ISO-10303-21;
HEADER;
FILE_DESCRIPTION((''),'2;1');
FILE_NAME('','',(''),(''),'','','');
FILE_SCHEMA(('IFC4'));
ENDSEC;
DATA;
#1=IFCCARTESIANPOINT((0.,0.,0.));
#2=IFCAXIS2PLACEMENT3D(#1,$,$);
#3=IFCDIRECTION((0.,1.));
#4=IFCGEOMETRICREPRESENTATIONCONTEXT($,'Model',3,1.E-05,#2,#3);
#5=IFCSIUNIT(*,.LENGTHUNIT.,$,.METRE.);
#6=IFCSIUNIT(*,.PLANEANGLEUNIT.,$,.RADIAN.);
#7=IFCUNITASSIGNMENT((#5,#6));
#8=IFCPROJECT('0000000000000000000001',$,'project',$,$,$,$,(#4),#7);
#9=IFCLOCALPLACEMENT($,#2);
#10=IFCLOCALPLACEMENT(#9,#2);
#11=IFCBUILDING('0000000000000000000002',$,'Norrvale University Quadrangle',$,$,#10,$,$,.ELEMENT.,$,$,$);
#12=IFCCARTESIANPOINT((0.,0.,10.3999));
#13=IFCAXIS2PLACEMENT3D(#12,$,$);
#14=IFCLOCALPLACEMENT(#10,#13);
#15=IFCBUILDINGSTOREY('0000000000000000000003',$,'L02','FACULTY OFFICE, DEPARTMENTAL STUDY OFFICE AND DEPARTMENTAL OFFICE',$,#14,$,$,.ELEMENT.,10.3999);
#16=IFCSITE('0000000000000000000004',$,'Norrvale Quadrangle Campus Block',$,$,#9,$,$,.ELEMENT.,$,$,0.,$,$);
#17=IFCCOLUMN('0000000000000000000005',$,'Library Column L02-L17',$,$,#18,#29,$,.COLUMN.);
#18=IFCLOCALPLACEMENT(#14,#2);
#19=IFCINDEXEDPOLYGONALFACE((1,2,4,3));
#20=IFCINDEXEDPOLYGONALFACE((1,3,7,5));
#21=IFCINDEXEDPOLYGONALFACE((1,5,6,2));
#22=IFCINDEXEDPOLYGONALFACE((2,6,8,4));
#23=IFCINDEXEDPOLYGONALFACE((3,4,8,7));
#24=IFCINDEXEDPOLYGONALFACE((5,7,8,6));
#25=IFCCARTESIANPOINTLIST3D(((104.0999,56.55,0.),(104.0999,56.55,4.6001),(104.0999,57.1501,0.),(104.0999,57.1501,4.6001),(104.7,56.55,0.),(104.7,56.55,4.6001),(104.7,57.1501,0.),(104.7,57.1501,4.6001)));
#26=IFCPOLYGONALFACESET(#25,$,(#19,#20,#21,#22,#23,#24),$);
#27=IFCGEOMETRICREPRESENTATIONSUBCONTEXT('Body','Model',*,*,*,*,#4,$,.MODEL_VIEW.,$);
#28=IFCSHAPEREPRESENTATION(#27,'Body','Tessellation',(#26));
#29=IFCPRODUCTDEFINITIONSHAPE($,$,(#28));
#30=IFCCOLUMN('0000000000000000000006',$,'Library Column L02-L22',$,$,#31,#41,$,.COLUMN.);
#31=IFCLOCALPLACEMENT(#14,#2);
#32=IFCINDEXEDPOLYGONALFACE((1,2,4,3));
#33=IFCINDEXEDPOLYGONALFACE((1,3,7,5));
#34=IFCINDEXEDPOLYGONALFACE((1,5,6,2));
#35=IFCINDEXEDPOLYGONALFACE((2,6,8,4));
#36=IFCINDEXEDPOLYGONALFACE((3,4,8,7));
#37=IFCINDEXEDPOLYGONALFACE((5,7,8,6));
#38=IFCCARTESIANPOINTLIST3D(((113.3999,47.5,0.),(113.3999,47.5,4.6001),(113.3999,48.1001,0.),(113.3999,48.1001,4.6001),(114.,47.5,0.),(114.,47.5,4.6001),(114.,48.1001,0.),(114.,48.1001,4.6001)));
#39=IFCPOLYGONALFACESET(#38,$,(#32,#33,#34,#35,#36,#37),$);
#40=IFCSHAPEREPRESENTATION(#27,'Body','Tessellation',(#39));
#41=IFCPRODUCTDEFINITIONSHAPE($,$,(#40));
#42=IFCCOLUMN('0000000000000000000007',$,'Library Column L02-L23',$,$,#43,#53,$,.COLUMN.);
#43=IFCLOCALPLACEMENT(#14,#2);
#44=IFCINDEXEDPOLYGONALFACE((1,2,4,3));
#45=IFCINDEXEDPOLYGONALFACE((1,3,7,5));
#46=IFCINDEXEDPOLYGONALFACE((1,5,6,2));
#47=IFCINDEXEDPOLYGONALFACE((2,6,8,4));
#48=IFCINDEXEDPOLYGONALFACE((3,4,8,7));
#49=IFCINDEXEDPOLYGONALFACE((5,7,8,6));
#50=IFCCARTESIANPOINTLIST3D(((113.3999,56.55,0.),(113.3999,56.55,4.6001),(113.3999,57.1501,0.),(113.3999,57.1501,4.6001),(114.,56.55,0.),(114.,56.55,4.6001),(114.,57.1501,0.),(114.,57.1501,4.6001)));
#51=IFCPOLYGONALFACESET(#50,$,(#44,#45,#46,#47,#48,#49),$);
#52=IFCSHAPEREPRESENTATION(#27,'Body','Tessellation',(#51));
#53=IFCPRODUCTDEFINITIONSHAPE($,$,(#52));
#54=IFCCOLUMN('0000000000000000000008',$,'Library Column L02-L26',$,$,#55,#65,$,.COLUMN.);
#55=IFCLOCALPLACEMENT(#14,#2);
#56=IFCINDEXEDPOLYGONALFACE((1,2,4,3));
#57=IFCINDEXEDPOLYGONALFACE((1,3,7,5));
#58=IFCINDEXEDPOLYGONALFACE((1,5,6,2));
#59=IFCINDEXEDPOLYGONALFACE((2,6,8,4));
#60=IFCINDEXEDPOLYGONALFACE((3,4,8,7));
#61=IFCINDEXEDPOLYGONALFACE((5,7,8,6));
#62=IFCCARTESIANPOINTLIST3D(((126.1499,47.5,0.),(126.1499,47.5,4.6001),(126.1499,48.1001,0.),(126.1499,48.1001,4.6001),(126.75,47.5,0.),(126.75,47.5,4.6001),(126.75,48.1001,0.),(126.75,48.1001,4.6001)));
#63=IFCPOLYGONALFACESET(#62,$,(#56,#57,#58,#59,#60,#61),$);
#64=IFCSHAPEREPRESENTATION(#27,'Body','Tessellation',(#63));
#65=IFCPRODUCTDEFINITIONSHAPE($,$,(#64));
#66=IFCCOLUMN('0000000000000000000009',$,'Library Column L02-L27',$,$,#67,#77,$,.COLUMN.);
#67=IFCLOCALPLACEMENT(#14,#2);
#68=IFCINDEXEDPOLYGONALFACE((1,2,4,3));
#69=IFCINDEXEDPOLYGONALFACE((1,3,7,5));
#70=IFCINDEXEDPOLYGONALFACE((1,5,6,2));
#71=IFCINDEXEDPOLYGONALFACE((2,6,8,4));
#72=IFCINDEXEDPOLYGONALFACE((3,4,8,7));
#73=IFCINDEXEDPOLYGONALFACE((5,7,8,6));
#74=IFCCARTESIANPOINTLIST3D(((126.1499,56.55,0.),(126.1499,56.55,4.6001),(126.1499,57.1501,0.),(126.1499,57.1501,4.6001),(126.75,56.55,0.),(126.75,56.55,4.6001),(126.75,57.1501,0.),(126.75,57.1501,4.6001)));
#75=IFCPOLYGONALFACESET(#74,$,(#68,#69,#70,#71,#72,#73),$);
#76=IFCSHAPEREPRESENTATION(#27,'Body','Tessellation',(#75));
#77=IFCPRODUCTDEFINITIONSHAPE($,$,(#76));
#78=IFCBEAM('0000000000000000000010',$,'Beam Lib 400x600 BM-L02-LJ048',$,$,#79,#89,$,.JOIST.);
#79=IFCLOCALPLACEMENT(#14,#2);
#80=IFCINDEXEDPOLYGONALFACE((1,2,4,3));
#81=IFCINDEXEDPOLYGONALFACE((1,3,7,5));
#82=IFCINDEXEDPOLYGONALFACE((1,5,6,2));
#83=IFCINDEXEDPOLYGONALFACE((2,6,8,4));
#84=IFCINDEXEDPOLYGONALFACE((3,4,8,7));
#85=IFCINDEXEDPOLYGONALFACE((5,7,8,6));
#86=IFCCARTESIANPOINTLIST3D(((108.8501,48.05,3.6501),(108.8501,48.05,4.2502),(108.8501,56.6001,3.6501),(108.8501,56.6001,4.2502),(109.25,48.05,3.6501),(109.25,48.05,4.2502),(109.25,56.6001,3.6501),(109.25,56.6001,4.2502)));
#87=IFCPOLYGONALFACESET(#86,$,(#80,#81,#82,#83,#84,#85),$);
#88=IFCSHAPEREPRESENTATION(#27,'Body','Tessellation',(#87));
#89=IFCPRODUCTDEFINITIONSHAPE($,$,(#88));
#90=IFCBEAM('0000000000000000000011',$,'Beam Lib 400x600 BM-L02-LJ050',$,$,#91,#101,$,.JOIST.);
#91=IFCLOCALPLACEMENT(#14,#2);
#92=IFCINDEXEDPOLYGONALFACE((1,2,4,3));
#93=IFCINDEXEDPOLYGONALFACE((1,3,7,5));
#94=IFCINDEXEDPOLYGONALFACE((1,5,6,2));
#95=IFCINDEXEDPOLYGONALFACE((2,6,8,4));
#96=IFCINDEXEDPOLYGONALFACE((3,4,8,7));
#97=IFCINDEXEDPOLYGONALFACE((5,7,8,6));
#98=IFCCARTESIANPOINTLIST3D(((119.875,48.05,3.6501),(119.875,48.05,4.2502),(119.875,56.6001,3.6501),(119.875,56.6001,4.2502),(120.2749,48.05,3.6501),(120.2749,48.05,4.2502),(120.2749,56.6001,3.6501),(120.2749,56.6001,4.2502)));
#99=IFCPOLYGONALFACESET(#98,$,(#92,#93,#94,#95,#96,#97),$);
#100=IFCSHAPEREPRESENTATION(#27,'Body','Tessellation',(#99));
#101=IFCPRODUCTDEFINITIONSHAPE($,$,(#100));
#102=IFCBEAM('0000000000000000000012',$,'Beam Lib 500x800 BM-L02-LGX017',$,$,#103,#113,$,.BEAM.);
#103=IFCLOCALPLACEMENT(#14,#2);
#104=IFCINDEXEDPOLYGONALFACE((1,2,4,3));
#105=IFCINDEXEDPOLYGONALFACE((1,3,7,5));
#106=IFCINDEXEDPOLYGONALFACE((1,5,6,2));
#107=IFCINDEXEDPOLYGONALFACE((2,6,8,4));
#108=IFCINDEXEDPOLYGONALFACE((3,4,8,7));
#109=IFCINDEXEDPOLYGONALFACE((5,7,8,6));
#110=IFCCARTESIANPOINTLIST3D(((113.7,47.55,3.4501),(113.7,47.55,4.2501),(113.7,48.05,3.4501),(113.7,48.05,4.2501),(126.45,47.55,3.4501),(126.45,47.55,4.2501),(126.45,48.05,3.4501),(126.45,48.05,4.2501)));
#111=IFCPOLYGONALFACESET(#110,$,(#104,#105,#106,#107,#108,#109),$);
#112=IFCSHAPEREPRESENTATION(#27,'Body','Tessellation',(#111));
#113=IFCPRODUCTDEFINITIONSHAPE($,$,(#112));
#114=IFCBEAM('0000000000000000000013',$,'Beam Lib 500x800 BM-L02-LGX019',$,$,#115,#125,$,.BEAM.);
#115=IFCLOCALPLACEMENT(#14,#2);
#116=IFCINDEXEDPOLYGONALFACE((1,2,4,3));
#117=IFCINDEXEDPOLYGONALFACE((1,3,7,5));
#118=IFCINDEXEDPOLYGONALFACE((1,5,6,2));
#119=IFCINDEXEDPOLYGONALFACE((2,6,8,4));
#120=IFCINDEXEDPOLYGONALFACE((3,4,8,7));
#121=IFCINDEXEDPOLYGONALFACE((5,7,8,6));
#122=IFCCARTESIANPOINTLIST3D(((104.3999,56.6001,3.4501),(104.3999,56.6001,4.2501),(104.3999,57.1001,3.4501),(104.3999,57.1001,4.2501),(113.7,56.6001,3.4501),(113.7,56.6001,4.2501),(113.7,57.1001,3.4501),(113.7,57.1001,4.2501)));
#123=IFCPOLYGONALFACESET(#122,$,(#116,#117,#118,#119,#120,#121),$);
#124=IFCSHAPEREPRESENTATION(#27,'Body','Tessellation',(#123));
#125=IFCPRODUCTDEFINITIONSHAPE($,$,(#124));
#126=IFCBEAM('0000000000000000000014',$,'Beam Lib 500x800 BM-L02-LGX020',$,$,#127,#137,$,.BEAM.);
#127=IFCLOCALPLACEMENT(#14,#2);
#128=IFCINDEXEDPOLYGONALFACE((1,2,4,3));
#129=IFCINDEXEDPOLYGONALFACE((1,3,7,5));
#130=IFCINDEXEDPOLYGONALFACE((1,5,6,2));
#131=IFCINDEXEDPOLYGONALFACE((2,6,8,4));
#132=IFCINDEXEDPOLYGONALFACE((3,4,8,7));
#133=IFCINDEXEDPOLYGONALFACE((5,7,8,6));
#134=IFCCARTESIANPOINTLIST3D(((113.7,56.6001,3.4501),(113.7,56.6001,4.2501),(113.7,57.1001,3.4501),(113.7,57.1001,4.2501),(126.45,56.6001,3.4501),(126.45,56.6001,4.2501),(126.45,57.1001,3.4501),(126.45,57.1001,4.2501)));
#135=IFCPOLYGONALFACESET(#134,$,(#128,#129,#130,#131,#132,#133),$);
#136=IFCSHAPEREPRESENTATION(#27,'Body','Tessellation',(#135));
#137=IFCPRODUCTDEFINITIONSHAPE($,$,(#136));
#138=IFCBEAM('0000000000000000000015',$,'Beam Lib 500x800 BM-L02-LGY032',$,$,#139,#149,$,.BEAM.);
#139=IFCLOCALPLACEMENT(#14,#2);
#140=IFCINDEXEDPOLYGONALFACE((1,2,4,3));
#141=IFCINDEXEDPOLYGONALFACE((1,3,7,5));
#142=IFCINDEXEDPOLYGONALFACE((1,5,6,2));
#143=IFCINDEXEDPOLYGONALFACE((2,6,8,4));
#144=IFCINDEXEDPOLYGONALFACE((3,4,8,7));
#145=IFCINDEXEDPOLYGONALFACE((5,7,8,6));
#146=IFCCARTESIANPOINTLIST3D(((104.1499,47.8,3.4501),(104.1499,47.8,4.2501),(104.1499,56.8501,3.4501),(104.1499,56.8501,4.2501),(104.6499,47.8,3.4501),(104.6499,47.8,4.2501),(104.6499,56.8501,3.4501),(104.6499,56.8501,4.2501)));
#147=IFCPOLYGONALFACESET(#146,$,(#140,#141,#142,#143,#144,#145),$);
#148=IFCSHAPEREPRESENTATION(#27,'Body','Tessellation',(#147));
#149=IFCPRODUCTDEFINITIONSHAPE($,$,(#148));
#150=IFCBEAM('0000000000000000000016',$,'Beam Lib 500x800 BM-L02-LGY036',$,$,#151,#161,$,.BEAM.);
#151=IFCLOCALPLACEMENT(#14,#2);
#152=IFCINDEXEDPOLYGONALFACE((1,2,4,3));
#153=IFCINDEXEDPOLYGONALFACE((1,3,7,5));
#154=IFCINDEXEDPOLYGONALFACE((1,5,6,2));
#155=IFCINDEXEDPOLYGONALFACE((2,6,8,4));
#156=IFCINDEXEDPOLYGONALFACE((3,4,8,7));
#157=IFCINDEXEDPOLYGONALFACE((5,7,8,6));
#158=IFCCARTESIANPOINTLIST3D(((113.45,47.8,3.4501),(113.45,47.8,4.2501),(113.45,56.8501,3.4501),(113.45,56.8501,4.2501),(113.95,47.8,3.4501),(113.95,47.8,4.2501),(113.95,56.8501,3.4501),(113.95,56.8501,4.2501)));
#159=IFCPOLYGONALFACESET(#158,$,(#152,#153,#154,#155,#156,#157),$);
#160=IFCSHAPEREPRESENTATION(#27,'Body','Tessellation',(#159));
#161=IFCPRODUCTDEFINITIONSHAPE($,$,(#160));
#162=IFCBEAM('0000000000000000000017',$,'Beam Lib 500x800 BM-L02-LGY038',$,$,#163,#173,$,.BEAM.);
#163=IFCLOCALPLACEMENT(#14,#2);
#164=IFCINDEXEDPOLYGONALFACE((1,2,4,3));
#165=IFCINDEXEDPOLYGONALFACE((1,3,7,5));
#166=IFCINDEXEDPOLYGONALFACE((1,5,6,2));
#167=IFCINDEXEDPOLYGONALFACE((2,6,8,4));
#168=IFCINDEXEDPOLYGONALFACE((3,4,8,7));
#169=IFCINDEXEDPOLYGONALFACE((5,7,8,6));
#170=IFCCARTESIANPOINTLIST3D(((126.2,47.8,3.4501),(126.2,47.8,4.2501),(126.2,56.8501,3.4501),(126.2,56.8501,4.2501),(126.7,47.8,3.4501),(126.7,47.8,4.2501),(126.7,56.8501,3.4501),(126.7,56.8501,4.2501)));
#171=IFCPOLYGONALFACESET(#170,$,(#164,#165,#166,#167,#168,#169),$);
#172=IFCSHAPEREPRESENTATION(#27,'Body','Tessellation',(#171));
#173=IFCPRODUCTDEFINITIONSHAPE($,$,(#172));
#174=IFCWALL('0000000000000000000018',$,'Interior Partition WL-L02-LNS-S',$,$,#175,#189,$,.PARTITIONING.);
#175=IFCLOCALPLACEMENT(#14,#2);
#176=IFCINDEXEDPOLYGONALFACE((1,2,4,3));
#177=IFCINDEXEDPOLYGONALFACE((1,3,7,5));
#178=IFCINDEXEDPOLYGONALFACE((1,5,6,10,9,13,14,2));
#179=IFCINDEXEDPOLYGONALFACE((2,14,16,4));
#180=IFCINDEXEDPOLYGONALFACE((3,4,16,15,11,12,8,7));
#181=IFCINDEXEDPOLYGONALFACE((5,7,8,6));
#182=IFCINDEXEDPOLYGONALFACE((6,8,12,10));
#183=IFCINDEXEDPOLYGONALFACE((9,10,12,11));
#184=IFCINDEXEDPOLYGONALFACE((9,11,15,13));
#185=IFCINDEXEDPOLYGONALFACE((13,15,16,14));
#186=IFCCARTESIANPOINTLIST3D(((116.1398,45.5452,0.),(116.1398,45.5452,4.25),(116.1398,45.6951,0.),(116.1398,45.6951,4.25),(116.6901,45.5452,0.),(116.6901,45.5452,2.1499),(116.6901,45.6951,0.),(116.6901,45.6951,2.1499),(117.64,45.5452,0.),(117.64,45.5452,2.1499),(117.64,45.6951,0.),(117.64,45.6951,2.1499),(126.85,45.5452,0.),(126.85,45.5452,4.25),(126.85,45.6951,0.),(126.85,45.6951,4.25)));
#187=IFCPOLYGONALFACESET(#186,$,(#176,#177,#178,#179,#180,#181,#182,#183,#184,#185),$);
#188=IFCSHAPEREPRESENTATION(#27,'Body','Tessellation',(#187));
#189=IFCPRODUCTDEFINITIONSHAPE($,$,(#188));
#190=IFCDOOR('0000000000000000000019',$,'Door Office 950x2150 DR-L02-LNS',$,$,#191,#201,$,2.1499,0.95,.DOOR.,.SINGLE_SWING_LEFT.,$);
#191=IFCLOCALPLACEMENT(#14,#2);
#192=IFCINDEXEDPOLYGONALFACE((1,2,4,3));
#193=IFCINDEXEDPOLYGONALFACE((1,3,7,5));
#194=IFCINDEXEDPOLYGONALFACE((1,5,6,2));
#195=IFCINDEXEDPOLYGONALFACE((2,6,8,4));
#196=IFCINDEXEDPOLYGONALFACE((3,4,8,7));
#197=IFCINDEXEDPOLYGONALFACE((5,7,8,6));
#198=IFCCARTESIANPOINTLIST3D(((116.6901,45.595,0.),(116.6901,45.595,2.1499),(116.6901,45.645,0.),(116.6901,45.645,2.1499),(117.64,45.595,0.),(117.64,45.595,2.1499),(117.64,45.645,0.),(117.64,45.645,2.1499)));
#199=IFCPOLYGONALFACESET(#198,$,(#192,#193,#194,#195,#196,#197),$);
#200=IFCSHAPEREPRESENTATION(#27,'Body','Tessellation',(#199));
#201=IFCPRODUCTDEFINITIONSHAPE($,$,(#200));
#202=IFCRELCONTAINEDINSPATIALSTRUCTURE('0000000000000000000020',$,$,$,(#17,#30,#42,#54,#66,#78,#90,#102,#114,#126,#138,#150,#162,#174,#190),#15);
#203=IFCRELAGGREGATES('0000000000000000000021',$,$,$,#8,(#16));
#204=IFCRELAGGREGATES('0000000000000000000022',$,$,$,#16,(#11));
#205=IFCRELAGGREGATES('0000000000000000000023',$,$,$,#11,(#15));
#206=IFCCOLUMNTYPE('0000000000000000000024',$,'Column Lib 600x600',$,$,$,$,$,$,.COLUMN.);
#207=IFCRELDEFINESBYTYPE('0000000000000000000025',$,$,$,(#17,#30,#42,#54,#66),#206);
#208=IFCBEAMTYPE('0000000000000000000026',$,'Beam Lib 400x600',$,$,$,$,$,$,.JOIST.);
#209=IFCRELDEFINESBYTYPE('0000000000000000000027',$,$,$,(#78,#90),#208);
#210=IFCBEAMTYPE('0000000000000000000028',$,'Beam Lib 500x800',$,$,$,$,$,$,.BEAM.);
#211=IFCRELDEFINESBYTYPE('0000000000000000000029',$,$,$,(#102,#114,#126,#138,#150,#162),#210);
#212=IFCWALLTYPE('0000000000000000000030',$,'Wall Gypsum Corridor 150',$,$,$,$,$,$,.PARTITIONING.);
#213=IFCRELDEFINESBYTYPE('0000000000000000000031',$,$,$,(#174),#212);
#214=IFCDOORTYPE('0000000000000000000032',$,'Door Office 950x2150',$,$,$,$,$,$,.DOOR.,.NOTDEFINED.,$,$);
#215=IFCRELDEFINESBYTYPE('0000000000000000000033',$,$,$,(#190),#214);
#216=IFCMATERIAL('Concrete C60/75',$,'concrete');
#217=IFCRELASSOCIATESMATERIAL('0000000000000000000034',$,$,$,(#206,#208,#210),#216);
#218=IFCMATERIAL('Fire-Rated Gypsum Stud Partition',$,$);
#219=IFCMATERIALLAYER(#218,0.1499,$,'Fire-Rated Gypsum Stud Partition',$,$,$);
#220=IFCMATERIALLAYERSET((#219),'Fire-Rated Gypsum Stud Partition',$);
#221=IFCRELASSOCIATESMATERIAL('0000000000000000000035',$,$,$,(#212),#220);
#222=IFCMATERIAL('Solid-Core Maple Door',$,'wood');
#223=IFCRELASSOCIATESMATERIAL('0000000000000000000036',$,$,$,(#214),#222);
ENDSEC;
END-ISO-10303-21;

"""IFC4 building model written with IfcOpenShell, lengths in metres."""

from ifc_helpers import new_model, si_unit, direction, frame, frame_2d, origin, origin_2d, place, context, subcontext, project, spatial, rectangle, extrude, material, layer, layer_set, material_profile, profile_set, type_object, element, fill, save


model = new_model("IFC4")

# Units and contexts
model_context = context("Model", 3, precision=1e-05, world=origin(), true_north=direction((0.0, 1.0)))
body_context = subcontext(model_context, "Body", "Model", "MODEL_VIEW")
ifc_project = project(units=[si_unit("LENGTHUNIT", "METRE"), si_unit("PLANEANGLEUNIT", "RADIAN")], contexts=[model_context])

# Site, building, storey
site_placement = place(None, origin())
site = spatial("IfcSite", under=ifc_project, at=site_placement, Name="Norrvale Quadrangle Campus Block", CompositionType="ELEMENT", RefElevation=0.0)
building_placement = place(site_placement, origin())
building = spatial("IfcBuilding", under=site, at=building_placement, Name="Norrvale University Quadrangle", CompositionType="ELEMENT")
storey_placement = place(building_placement, frame((0.0, 0.0, 10.3999)))
storey = spatial("IfcBuildingStorey", under=building, at=storey_placement, Name="L02", Description="FACULTY OFFICE, DEPARTMENTAL STUDY OFFICE AND DEPARTMENTAL OFFICE", CompositionType="ELEMENT", Elevation=10.3999)

# Columns
ifc_material_1 = material(Name="Concrete C60/75", Category="concrete")
ifc_material_profile_1 = material_profile(ifc_material_1, rectangle(XDim=0.6001, YDim=0.6001, at=origin_2d()), Name="Concrete C60/75")
ifc_profile_set_1 = profile_set([ifc_material_profile_1], Name="Concrete C60/75")
column_type = type_object("IfcColumnType", Name="Column Lib 600x600", PredefinedType="COLUMN", material=ifc_profile_set_1)
for number, where, z_axis, x_axis, name in (
    (1, (104.3999, 56.8501, 0.0), (0.0, 0.0, 1.0), (1.0, 0.0, 0.0), "Library Column L02-L17"),
    (2, (113.7, 47.8, 0.0), (0.0, 0.0, 1.0), (1.0, 0.0, 0.0), "Library Column L02-L22"),
    (3, (113.7, 56.8501, 0.0), (0.0, 0.0, 1.0), (1.0, 0.0, 0.0), "Library Column L02-L23"),
    (4, (126.45, 47.8, 0.0), (0.0, 0.0, 1.0), (1.0, 0.0, 0.0), "Library Column L02-L26"),
    (5, (126.45, 56.8501, 0.0), (0.0, 0.0, 1.0), (1.0, 0.0, 0.0), "Library Column L02-L27"),
):
    element("IfcColumn", number, at=place(storey_placement, frame(where, z_axis=z_axis, x_axis=x_axis)), inside=storey, type_object=column_type, Name=name, PredefinedType="COLUMN", context=body_context, shape_type="SweptSolid", body=[
        extrude(rectangle(XDim=0.6001, YDim=0.6001, at=origin_2d()), origin(), (0.0, 0.0, 1.0), 4.6001),
    ])

# Beams
ifc_material_profile_2 = material_profile(ifc_material_1, rectangle(XDim=0.3999, YDim=0.6001, at=origin_2d()), Name="Concrete C60/75")
ifc_profile_set_2 = profile_set([ifc_material_profile_2], Name="Concrete C60/75")
beam_type_1 = type_object("IfcBeamType", Name="Beam Lib 400x600", PredefinedType="JOIST", material=ifc_profile_set_2)
for number, where, z_axis, x_axis, name in (
    (6, (109.05, 48.05, 3.9502), (0.0, 1.0, 0.0), (-1.0, 0.0, 0.0), "Beam Lib 400x600 BM-L02-LJ048"),
    (7, (120.075, 48.05, 3.9502), (0.0, 1.0, 0.0), (-1.0, 0.0, 0.0), "Beam Lib 400x600 BM-L02-LJ050"),
):
    element("IfcBeam", number, at=place(storey_placement, frame(where, z_axis=z_axis, x_axis=x_axis)), inside=storey, type_object=beam_type_1, Name=name, PredefinedType="JOIST", context=body_context, shape_type="SweptSolid", body=[
        extrude(rectangle(XDim=0.3999, YDim=0.6001, at=origin_2d()), origin(), (0.0, 0.0, 1.0), 8.55),
    ])
ifc_material_profile_3 = material_profile(ifc_material_1, rectangle(XDim=0.5, YDim=0.8, at=origin_2d()), Name="Concrete C60/75")
ifc_profile_set_3 = profile_set([ifc_material_profile_3], Name="Concrete C60/75")
beam_type_2 = type_object("IfcBeamType", Name="Beam Lib 500x800", PredefinedType="BEAM", material=ifc_profile_set_3)
beam_1_placement = place(storey_placement, frame((113.7, 47.8, 3.8501), z_axis=(1.0, 0.0, 0.0), x_axis=(0.0, 1.0, 0.0)))
element("IfcBeam", 8, at=beam_1_placement, inside=storey, type_object=beam_type_2, Name="Beam Lib 500x800 BM-L02-LGX017", PredefinedType="BEAM", context=body_context, shape_type="SweptSolid", body=[
    extrude(rectangle(XDim=0.5, YDim=0.8, at=origin_2d()), origin(), (0.0, 0.0, 1.0), 12.75),
])
beam_2_placement = place(storey_placement, frame((104.3999, 56.8501, 3.8501), z_axis=(1.0, 0.0, 0.0), x_axis=(0.0, 1.0, 0.0)))
element("IfcBeam", 9, at=beam_2_placement, inside=storey, type_object=beam_type_2, Name="Beam Lib 500x800 BM-L02-LGX019", PredefinedType="BEAM", context=body_context, shape_type="SweptSolid", body=[
    extrude(rectangle(XDim=0.5, YDim=0.8, at=origin_2d()), origin(), (0.0, 0.0, 1.0), 9.3),
])
beam_3_placement = place(storey_placement, frame((113.7, 56.8501, 3.8501), z_axis=(1.0, 0.0, 0.0), x_axis=(0.0, 1.0, 0.0)))
element("IfcBeam", 10, at=beam_3_placement, inside=storey, type_object=beam_type_2, Name="Beam Lib 500x800 BM-L02-LGX020", PredefinedType="BEAM", context=body_context, shape_type="SweptSolid", body=[
    extrude(rectangle(XDim=0.5, YDim=0.8, at=origin_2d()), origin(), (0.0, 0.0, 1.0), 12.75),
])
for number, where, z_axis, x_axis, name in (
    (11, (104.3999, 47.8, 3.8501), (0.0, 1.0, 0.0), (-1.0, 0.0, 0.0), "Beam Lib 500x800 BM-L02-LGY032"),
    (12, (113.7, 47.8, 3.8501), (0.0, 1.0, 0.0), (-1.0, 0.0, 0.0), "Beam Lib 500x800 BM-L02-LGY036"),
    (13, (126.45, 47.8, 3.8501), (0.0, 1.0, 0.0), (-1.0, 0.0, 0.0), "Beam Lib 500x800 BM-L02-LGY038"),
):
    element("IfcBeam", number, at=place(storey_placement, frame(where, z_axis=z_axis, x_axis=x_axis)), inside=storey, type_object=beam_type_2, Name=name, PredefinedType="BEAM", context=body_context, shape_type="SweptSolid", body=[
        extrude(rectangle(XDim=0.5, YDim=0.8, at=origin_2d()), origin(), (0.0, 0.0, 1.0), 9.05),
    ])

# Wall, opening, door
ifc_material_2 = material(Name="Fire-Rated Gypsum Stud Partition")
ifc_layer_1 = layer(ifc_material_2, 0.1499, Name="Fire-Rated Gypsum Stud Partition")
ifc_layer_set_1 = layer_set([ifc_layer_1], Name="Fire-Rated Gypsum Stud Partition")
wall_type_1 = type_object("IfcWallType", Name="Wall Gypsum Corridor 150", PredefinedType="PARTITIONING", material=ifc_layer_set_1)
wall_1_placement = place(storey_placement, frame((116.1399, 45.6201, 0.0), z_axis=(0.0, 0.0, 1.0), x_axis=(1.0, 0.0, 0.0)))
wall_1 = element("IfcWall", 14, at=wall_1_placement, inside=storey, type_object=wall_type_1, Name="Interior Partition WL-L02-LNS-S", PredefinedType="PARTITIONING", context=body_context, shape_type="SweptSolid", body=[
    extrude(rectangle(XDim=10.7102, YDim=0.1499, at=frame_2d((5.355, 0.0))), origin(), (0.0, 0.0, 1.0), 4.25),
])
opening_placement = place(wall_1_placement, frame((0.55, 0.0, 0.0)))
opening = element("IfcOpeningElement", 15, at=opening_placement, cuts=wall_1, PredefinedType="OPENING", context=body_context, shape_type="SweptSolid", body=[
    extrude(rectangle(XDim=0.95, YDim=2.1499, at=frame_2d((0.4751, 1.075))), frame((0.0, 0.0869, 0.0), z_axis=(0.0, -1.0, 0.0), x_axis=(1.0, 0.0, 0.0)), (0.0, 0.0, 1.0), 0.1738),
])
ifc_material_3 = material(Name="Solid-Core Maple Door", Category="wood")
door_type = type_object("IfcDoorType", Name="Door Office 950x2150", OperationType="NOTDEFINED", PredefinedType="DOOR", material=ifc_material_3)
door_placement = place(opening_placement, origin())
door = element("IfcDoor", 16, at=door_placement, inside=storey, type_object=door_type, Name="Door Office 950x2150 DR-L02-LNS", OperationType="SINGLE_SWING_LEFT", OverallHeight=2.1499, OverallWidth=0.95, PredefinedType="DOOR", context=body_context, shape_type="SweptSolid", body=[
    extrude(rectangle(XDim=0.95, YDim=2.1499, at=frame_2d((0.4751, 1.075))), frame((0.0, 0.0249, 0.0), z_axis=(0.0, -1.0, 0.0), x_axis=(1.0, 0.0, 0.0)), (0.0, 0.0, 1.0), 0.05),
])
fill(opening, door)

save(model, "model.ifc")
